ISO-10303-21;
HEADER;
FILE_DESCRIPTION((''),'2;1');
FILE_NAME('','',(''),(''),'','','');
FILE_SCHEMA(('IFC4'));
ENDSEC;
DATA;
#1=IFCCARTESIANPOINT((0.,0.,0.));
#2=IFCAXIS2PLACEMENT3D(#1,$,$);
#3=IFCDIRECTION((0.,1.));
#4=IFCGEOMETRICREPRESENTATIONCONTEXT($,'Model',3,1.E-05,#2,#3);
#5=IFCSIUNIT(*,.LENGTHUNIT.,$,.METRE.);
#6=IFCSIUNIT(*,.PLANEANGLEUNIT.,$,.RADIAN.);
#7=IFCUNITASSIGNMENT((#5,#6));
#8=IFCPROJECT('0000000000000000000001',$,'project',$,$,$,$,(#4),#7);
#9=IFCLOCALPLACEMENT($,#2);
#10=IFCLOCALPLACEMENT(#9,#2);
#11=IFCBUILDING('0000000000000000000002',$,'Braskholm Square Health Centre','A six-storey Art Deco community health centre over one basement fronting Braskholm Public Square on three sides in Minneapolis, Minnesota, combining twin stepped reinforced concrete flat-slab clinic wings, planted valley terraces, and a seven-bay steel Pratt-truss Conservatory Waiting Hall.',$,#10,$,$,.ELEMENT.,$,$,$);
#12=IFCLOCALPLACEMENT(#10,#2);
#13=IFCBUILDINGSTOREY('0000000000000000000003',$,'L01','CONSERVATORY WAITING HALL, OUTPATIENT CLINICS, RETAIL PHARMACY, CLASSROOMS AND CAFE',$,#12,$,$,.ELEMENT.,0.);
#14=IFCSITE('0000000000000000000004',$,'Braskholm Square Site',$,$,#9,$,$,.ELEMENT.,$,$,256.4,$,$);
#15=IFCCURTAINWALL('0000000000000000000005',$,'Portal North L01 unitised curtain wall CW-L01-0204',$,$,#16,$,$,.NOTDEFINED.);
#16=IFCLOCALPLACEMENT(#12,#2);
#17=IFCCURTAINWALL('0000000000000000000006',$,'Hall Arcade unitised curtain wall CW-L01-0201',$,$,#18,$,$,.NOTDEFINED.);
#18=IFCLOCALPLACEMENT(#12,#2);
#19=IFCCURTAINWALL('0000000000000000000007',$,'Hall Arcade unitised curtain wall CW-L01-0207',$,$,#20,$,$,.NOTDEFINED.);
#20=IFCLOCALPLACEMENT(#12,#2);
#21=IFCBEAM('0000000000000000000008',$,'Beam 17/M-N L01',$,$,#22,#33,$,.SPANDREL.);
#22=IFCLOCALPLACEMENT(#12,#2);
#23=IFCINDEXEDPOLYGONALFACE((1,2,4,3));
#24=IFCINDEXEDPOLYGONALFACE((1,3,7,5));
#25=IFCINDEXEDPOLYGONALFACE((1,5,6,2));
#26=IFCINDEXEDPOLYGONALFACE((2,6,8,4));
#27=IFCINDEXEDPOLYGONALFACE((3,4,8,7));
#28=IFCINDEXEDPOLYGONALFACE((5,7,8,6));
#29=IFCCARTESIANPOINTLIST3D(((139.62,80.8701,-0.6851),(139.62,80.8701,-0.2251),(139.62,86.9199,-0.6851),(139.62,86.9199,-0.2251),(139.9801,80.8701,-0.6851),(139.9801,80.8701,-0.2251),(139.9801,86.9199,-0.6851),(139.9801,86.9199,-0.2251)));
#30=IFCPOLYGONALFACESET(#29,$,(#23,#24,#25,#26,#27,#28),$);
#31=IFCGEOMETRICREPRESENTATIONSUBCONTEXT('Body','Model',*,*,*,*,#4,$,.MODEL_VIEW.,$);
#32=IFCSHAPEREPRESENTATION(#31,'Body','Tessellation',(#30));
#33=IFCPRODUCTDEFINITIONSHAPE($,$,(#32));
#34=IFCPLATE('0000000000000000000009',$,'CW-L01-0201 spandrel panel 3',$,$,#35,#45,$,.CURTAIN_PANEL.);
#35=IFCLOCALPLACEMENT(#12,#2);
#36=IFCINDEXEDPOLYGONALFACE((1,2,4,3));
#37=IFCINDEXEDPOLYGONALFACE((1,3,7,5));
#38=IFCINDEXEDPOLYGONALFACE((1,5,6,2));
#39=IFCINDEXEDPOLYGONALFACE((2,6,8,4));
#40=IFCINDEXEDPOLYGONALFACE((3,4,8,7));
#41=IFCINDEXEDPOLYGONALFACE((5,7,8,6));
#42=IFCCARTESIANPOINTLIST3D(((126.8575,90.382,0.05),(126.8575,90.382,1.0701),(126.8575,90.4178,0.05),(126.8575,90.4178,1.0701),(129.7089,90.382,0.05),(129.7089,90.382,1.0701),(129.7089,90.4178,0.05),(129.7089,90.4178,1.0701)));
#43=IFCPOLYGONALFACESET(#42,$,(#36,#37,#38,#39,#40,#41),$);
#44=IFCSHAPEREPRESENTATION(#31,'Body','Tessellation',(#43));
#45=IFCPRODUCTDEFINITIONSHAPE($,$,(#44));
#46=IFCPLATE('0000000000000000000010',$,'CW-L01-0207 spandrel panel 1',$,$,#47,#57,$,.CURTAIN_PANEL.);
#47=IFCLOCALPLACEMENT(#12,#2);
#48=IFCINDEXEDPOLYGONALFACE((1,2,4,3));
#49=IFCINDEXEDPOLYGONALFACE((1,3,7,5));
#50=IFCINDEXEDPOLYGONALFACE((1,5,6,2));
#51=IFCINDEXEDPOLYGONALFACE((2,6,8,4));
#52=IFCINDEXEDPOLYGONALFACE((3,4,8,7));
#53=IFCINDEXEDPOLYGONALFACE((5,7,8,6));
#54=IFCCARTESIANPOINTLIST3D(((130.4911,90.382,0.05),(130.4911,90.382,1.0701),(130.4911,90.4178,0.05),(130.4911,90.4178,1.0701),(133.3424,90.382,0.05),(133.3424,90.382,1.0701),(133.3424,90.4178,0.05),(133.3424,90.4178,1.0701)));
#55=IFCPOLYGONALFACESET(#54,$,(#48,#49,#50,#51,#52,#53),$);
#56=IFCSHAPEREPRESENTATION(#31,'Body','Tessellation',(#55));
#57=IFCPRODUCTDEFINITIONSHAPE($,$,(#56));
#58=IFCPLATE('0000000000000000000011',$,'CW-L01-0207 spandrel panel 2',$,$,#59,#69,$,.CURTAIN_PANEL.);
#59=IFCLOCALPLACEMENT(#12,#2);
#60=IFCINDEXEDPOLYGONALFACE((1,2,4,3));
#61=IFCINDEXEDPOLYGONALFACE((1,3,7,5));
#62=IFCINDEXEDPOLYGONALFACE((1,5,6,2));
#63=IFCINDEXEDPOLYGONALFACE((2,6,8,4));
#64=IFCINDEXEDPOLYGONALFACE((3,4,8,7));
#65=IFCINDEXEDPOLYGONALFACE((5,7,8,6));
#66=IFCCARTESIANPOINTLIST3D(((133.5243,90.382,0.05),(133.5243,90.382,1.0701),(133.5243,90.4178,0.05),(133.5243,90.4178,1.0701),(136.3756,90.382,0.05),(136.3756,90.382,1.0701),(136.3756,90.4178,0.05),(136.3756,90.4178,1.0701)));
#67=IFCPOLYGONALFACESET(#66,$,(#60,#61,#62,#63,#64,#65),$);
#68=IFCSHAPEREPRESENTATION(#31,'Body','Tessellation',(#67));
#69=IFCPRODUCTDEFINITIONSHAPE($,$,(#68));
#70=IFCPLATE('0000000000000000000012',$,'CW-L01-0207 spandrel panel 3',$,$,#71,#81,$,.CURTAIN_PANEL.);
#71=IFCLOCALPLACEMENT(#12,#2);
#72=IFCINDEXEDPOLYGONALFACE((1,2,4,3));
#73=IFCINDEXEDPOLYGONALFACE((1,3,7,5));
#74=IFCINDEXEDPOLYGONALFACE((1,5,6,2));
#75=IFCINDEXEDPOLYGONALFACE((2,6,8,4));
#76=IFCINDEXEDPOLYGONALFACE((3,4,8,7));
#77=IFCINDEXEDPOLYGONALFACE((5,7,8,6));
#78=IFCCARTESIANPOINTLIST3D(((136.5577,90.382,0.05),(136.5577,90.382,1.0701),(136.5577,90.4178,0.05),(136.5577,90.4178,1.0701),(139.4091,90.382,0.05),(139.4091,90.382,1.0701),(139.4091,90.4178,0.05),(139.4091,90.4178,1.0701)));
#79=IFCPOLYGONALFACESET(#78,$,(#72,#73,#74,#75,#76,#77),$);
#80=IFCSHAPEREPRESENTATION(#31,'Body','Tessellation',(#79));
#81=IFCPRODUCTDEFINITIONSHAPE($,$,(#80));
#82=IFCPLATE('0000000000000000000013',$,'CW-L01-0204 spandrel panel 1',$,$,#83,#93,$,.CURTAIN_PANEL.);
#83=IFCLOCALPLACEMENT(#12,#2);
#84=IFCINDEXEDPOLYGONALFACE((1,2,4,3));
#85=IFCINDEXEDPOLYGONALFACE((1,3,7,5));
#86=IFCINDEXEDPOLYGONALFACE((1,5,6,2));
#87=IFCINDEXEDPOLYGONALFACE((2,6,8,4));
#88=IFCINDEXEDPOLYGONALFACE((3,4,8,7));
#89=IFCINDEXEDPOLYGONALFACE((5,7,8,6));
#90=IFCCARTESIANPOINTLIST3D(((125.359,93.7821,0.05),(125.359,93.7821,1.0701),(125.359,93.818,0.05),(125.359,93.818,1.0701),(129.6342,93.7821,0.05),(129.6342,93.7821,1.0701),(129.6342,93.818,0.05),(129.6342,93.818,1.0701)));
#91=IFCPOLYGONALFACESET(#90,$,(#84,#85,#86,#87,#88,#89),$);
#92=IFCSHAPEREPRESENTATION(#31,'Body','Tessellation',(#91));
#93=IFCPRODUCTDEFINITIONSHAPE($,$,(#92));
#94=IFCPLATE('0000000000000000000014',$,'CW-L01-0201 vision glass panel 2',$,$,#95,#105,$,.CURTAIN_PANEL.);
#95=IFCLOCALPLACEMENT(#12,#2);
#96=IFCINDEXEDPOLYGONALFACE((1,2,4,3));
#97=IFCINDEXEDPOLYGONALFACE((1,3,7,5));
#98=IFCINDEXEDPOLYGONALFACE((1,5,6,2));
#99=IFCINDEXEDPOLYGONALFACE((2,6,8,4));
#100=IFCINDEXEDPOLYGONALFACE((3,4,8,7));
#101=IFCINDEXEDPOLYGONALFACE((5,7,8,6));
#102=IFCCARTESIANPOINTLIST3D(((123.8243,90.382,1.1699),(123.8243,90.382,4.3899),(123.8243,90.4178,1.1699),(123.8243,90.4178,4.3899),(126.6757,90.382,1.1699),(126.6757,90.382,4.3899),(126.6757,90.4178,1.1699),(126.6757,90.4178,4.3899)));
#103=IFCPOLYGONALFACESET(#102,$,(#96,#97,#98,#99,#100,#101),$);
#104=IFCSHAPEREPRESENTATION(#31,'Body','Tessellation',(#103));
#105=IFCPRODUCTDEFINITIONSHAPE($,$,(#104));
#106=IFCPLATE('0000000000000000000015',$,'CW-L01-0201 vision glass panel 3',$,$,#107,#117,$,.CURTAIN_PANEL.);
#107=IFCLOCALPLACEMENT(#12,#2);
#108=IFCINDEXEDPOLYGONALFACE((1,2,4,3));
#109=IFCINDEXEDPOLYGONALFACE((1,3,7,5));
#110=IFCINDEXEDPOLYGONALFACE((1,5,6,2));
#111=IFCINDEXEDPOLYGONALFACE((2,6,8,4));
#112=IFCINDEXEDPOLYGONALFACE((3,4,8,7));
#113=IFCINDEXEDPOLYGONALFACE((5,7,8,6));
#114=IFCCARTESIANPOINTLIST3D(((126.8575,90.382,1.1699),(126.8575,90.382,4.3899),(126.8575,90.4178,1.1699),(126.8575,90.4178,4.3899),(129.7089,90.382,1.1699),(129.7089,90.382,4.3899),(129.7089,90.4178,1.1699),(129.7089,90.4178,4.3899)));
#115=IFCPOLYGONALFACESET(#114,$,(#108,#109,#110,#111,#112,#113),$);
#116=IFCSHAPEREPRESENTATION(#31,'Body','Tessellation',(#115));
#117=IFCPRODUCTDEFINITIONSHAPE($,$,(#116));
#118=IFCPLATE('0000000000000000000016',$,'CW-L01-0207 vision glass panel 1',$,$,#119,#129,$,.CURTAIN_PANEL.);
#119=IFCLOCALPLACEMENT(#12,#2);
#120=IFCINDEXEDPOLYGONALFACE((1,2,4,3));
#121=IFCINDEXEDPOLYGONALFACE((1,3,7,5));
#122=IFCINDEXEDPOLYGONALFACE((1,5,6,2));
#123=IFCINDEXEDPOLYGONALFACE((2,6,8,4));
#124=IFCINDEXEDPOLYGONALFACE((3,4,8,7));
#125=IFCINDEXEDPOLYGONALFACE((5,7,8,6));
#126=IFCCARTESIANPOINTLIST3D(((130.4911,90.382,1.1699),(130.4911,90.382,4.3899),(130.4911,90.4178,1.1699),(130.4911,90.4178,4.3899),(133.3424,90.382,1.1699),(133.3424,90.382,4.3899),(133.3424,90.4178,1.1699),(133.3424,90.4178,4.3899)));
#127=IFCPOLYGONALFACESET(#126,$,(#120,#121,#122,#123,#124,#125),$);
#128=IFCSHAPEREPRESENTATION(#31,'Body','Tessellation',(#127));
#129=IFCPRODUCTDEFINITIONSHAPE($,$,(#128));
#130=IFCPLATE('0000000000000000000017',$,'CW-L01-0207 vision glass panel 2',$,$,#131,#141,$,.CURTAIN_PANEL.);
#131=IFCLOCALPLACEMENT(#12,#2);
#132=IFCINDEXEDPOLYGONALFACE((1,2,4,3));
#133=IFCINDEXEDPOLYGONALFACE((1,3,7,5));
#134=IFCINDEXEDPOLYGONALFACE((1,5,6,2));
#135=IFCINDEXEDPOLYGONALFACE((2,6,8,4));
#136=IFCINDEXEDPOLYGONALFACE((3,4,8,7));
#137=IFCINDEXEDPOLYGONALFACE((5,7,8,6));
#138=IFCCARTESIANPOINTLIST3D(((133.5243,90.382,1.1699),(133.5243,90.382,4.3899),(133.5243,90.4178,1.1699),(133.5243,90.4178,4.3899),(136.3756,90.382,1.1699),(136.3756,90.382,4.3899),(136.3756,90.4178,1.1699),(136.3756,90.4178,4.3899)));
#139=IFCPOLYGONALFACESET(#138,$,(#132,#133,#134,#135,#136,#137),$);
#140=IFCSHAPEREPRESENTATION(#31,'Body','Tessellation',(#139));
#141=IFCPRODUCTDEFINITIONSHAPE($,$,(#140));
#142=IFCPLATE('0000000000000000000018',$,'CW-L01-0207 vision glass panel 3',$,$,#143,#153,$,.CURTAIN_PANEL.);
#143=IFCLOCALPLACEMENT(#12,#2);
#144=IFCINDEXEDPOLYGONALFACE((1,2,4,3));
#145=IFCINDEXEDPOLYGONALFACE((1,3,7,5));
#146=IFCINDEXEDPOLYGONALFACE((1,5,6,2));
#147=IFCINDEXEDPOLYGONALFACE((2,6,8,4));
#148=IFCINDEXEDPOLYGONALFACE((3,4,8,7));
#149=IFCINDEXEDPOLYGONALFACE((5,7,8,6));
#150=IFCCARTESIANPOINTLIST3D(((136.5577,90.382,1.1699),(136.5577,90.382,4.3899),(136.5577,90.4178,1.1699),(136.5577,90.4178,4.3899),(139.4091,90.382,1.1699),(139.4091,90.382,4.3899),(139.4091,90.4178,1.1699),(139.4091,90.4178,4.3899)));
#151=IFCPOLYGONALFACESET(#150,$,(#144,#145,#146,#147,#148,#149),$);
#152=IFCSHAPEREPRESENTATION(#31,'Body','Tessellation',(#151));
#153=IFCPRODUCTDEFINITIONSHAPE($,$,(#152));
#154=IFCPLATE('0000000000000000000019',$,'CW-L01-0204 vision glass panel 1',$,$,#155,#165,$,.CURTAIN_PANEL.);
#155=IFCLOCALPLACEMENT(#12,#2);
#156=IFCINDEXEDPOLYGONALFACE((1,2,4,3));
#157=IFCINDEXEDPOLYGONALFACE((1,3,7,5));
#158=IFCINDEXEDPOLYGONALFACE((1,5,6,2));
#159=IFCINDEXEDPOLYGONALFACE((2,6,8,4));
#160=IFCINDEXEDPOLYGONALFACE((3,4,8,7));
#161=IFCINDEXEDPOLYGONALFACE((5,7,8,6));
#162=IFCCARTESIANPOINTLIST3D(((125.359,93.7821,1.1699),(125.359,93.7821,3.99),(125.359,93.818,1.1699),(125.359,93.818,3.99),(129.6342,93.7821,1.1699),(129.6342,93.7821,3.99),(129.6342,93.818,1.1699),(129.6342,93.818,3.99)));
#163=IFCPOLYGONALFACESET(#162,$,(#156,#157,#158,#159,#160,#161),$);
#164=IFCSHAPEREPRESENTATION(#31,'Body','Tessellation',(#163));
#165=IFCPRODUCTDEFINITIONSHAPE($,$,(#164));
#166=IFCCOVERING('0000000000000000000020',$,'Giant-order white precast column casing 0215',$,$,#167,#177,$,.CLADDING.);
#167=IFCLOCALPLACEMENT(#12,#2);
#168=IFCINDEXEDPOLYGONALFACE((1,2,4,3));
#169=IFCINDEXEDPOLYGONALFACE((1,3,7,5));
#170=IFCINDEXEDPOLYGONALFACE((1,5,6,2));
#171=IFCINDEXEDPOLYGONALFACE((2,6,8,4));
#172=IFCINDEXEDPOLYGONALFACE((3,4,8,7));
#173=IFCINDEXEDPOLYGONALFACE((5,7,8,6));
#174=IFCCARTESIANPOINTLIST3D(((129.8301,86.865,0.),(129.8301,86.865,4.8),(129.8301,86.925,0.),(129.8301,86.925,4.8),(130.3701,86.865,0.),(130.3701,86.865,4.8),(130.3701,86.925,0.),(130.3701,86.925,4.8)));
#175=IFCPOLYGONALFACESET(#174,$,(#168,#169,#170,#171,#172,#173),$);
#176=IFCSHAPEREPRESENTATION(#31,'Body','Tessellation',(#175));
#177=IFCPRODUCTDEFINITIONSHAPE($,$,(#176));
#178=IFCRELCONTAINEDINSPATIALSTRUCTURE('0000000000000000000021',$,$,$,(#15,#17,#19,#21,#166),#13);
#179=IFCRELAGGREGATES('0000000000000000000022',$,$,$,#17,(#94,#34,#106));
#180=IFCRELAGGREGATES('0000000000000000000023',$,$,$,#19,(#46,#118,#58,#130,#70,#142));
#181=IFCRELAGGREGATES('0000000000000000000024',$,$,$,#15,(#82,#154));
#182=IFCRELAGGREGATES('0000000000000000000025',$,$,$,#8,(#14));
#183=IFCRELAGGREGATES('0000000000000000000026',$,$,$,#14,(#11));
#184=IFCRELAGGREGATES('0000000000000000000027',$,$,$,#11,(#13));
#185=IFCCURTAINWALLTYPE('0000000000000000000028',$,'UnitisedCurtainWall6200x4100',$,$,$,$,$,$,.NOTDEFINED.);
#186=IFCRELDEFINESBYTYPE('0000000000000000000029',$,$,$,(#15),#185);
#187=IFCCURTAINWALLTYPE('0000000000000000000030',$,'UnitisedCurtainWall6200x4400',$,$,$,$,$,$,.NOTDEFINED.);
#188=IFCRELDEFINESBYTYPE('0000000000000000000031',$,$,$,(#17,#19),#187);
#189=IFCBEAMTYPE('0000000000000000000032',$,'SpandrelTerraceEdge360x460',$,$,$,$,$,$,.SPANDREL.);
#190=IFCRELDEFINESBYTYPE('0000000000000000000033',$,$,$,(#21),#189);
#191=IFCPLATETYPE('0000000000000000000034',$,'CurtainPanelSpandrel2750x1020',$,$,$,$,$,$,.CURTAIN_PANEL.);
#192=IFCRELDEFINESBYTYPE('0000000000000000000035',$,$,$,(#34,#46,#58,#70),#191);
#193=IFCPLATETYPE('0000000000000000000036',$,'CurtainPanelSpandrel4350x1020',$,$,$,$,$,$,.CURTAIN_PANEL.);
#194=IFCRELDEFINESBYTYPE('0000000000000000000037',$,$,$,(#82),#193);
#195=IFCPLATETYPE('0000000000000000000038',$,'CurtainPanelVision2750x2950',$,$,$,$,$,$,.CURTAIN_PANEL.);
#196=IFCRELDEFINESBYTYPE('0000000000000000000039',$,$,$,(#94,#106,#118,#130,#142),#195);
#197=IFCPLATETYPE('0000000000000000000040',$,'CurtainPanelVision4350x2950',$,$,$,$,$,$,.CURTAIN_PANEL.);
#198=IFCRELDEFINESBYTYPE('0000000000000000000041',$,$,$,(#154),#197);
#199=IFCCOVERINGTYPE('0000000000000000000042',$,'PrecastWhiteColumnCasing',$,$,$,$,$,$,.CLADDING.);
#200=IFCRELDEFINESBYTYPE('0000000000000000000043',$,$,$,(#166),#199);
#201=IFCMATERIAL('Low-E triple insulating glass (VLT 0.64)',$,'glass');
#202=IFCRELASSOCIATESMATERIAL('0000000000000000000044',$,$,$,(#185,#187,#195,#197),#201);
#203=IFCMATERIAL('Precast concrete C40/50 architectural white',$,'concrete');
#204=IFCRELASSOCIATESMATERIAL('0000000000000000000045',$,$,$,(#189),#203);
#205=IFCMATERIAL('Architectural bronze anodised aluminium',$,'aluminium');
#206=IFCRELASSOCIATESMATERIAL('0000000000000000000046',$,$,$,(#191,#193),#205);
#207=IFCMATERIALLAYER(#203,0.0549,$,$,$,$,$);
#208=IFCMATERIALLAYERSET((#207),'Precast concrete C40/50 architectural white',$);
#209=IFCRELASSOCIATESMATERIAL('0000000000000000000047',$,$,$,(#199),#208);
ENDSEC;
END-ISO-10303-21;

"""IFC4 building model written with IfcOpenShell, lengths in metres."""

from ifc_helpers import new_model, si_unit, direction, frame, origin, origin_2d, place, context, subcontext, project, spatial, rectangle, extrude, material, layer, layer_set, material_profile, profile_set, type_object, element, aggregate, save


model = new_model("IFC4")

# Units and contexts
model_context = context("Model", 3, precision=1e-05, world=origin(), true_north=direction((0.0, 1.0)))
body_context = subcontext(model_context, "Body", "Model", "MODEL_VIEW")
ifc_project = project(units=[si_unit("LENGTHUNIT", "METRE"), si_unit("PLANEANGLEUNIT", "RADIAN")], contexts=[model_context])

# Site, building, storey
site_placement = place(None, origin())
site = spatial("IfcSite", under=ifc_project, at=site_placement, Name="Braskholm Square Site", CompositionType="ELEMENT", RefElevation=256.4)
building_placement = place(site_placement, origin())
building = spatial("IfcBuilding", under=site, at=building_placement, Name="Braskholm Square Health Centre", Description="A six-storey Art Deco community health centre over one basement fronting Braskholm Public Square on three sides in Minneapolis, Minnesota, combining twin stepped reinforced concrete flat-slab clinic wings, planted valley terraces, and a seven-bay steel Pratt-truss Conservatory Waiting Hall.", CompositionType="ELEMENT")
storey_placement = place(building_placement, origin())
storey = spatial("IfcBuildingStorey", under=building, at=storey_placement, Name="L01", Description="CONSERVATORY WAITING HALL, OUTPATIENT CLINICS, RETAIL PHARMACY, CLASSROOMS AND CAFE", CompositionType="ELEMENT", Elevation=0.0)

# Shared definitions
ifc_material_1 = material(Name="Precast concrete C40/50 architectural white", Category="concrete")

# Curtain walls
ifc_material_2 = material(Name="Low-E triple insulating glass (VLT 0.64)", Category="glass")
curtain_wall_type_1 = type_object("IfcCurtainWallType", Name="UnitisedCurtainWall6200x4100", PredefinedType="NOTDEFINED", material=ifc_material_2)
curtain_wall_1_placement = place(storey_placement, origin())
curtain_wall_1 = element("IfcCurtainWall", 1, at=curtain_wall_1_placement, inside=storey, type_object=curtain_wall_type_1, Name="Portal North L01 unitised curtain wall CW-L01-0204", PredefinedType="NOTDEFINED")
ifc_material_3 = material(Name="Architectural bronze anodised aluminium", Category="aluminium")
curtain_wall_type_2 = type_object("IfcCurtainWallType", Name="UnitisedCurtainWall6200x4400", PredefinedType="NOTDEFINED", material=ifc_material_2)
curtain_wall_2_placement = place(storey_placement, origin())
curtain_wall_2 = element("IfcCurtainWall", 2, at=curtain_wall_2_placement, inside=storey, type_object=curtain_wall_type_2, Name="Hall Arcade unitised curtain wall CW-L01-0201", PredefinedType="NOTDEFINED")
curtain_wall_3_placement = place(storey_placement, origin())
curtain_wall_3 = element("IfcCurtainWall", 3, at=curtain_wall_3_placement, inside=storey, type_object=curtain_wall_type_2, Name="Hall Arcade unitised curtain wall CW-L01-0207", PredefinedType="NOTDEFINED")

# Beam
ifc_material_profile_1 = material_profile(ifc_material_1, rectangle(XDim=0.3601, YDim=0.46, at=origin_2d()), Name="RCB-360X460")
ifc_profile_set_1 = profile_set([ifc_material_profile_1], Name="Precast concrete C40/50 architectural white")
beam_type_1 = type_object("IfcBeamType", Name="SpandrelTerraceEdge360x460", PredefinedType="SPANDREL", material=ifc_profile_set_1)
beam_1_placement = place(storey_placement, frame((139.8, 80.8701, -0.4551), z_axis=(0.0, 1.0, 0.0), x_axis=(-1.0, 0.0, 0.0)))
element("IfcBeam", 4, at=beam_1_placement, inside=storey, type_object=beam_type_1, Name="Beam 17/M-N L01", PredefinedType="SPANDREL", context=body_context, shape_type="SweptSolid", body=[
    extrude(rectangle(XDim=0.3601, YDim=0.46, at=origin_2d()), origin(), (0.0, 0.0, 1.0), 6.0498),
])

# Plates
plate_type_1 = type_object("IfcPlateType", Name="CurtainPanelSpandrel2750x1020", PredefinedType="CURTAIN_PANEL", material=ifc_material_3)
plate_1_placement = place(storey_placement, frame((128.2832, 90.3999, 0.05), z_axis=(0.0, 0.0, 1.0), x_axis=(1.0, 0.0, 0.0)))
plate_1 = element("IfcPlate", 5, at=plate_1_placement, type_object=plate_type_1, Name="CW-L01-0201 spandrel panel 3", PredefinedType="CURTAIN_PANEL", context=body_context, shape_type="SweptSolid", body=[
    extrude(rectangle(XDim=2.8513, YDim=0.0359, at=origin_2d()), origin(), (0.0, 0.0, 1.0), 1.02),
])
plate_2_placement = place(storey_placement, frame((131.9167, 90.3999, 0.05), z_axis=(0.0, 0.0, 1.0), x_axis=(1.0, 0.0, 0.0)))
plate_2 = element("IfcPlate", 6, at=plate_2_placement, type_object=plate_type_1, Name="CW-L01-0207 spandrel panel 1", PredefinedType="CURTAIN_PANEL", context=body_context, shape_type="SweptSolid", body=[
    extrude(rectangle(XDim=2.8513, YDim=0.0359, at=origin_2d()), origin(), (0.0, 0.0, 1.0), 1.02),
])
plate_3_placement = place(storey_placement, frame((134.95, 90.3999, 0.05), z_axis=(0.0, 0.0, 1.0), x_axis=(1.0, 0.0, 0.0)))
plate_3 = element("IfcPlate", 7, at=plate_3_placement, type_object=plate_type_1, Name="CW-L01-0207 spandrel panel 2", PredefinedType="CURTAIN_PANEL", context=body_context, shape_type="SweptSolid", body=[
    extrude(rectangle(XDim=2.8513, YDim=0.0359, at=origin_2d()), origin(), (0.0, 0.0, 1.0), 1.02),
])
plate_4_placement = place(storey_placement, frame((137.9834, 90.3999, 0.05), z_axis=(0.0, 0.0, 1.0), x_axis=(1.0, 0.0, 0.0)))
plate_4 = element("IfcPlate", 8, at=plate_4_placement, type_object=plate_type_1, Name="CW-L01-0207 spandrel panel 3", PredefinedType="CURTAIN_PANEL", context=body_context, shape_type="SweptSolid", body=[
    extrude(rectangle(XDim=2.8513, YDim=0.0359, at=origin_2d()), origin(), (0.0, 0.0, 1.0), 1.02),
])
plate_type_2 = type_object("IfcPlateType", Name="CurtainPanelSpandrel4350x1020", PredefinedType="CURTAIN_PANEL", material=ifc_material_3)
plate_5_placement = place(storey_placement, frame((127.4966, 93.8, 0.05), z_axis=(0.0, 0.0, 1.0), x_axis=(-1.0, 0.0, 0.0)))
plate_5 = element("IfcPlate", 9, at=plate_5_placement, type_object=plate_type_2, Name="CW-L01-0204 spandrel panel 1", PredefinedType="CURTAIN_PANEL", context=body_context, shape_type="SweptSolid", body=[
    extrude(rectangle(XDim=4.2751, YDim=0.0359, at=origin_2d()), origin(), (0.0, 0.0, 1.0), 1.02),
])
plate_type_3 = type_object("IfcPlateType", Name="CurtainPanelVision2750x2950", PredefinedType="CURTAIN_PANEL", material=ifc_material_2)
plate_6_placement = place(storey_placement, frame((125.25, 90.3999, 1.1699), z_axis=(0.0, 0.0, 1.0), x_axis=(1.0, 0.0, 0.0)))
plate_6 = element("IfcPlate", 10, at=plate_6_placement, type_object=plate_type_3, Name="CW-L01-0201 vision glass panel 2", PredefinedType="CURTAIN_PANEL", context=body_context, shape_type="SweptSolid", body=[
    extrude(rectangle(XDim=2.8513, YDim=0.0359, at=origin_2d()), origin(), (0.0, 0.0, 1.0), 3.22),
])
plate_7_placement = place(storey_placement, frame((128.2832, 90.3999, 1.1699), z_axis=(0.0, 0.0, 1.0), x_axis=(1.0, 0.0, 0.0)))
plate_7 = element("IfcPlate", 11, at=plate_7_placement, type_object=plate_type_3, Name="CW-L01-0201 vision glass panel 3", PredefinedType="CURTAIN_PANEL", context=body_context, shape_type="SweptSolid", body=[
    extrude(rectangle(XDim=2.8513, YDim=0.0359, at=origin_2d()), origin(), (0.0, 0.0, 1.0), 3.22),
])
aggregate(curtain_wall_2, [plate_6, plate_1, plate_7])
plate_8_placement = place(storey_placement, frame((131.9167, 90.3999, 1.1699), z_axis=(0.0, 0.0, 1.0), x_axis=(1.0, 0.0, 0.0)))
plate_8 = element("IfcPlate", 12, at=plate_8_placement, type_object=plate_type_3, Name="CW-L01-0207 vision glass panel 1", PredefinedType="CURTAIN_PANEL", context=body_context, shape_type="SweptSolid", body=[
    extrude(rectangle(XDim=2.8513, YDim=0.0359, at=origin_2d()), origin(), (0.0, 0.0, 1.0), 3.22),
])
plate_9_placement = place(storey_placement, frame((134.95, 90.3999, 1.1699), z_axis=(0.0, 0.0, 1.0), x_axis=(1.0, 0.0, 0.0)))
plate_9 = element("IfcPlate", 13, at=plate_9_placement, type_object=plate_type_3, Name="CW-L01-0207 vision glass panel 2", PredefinedType="CURTAIN_PANEL", context=body_context, shape_type="SweptSolid", body=[
    extrude(rectangle(XDim=2.8513, YDim=0.0359, at=origin_2d()), origin(), (0.0, 0.0, 1.0), 3.22),
])
plate_10_placement = place(storey_placement, frame((137.9834, 90.3999, 1.1699), z_axis=(0.0, 0.0, 1.0), x_axis=(1.0, 0.0, 0.0)))
plate_10 = element("IfcPlate", 14, at=plate_10_placement, type_object=plate_type_3, Name="CW-L01-0207 vision glass panel 3", PredefinedType="CURTAIN_PANEL", context=body_context, shape_type="SweptSolid", body=[
    extrude(rectangle(XDim=2.8513, YDim=0.0359, at=origin_2d()), origin(), (0.0, 0.0, 1.0), 3.22),
])
aggregate(curtain_wall_3, [plate_2, plate_8, plate_3, plate_9, plate_4, plate_10])
plate_type_4 = type_object("IfcPlateType", Name="CurtainPanelVision4350x2950", PredefinedType="CURTAIN_PANEL", material=ifc_material_2)
plate_11_placement = place(storey_placement, frame((127.4966, 93.8, 1.1699), z_axis=(0.0, 0.0, 1.0), x_axis=(-1.0, 0.0, 0.0)))
plate_11 = element("IfcPlate", 15, at=plate_11_placement, type_object=plate_type_4, Name="CW-L01-0204 vision glass panel 1", PredefinedType="CURTAIN_PANEL", context=body_context, shape_type="SweptSolid", body=[
    extrude(rectangle(XDim=4.2751, YDim=0.0359, at=origin_2d()), origin(), (0.0, 0.0, 1.0), 2.8201),
])
aggregate(curtain_wall_1, [plate_5, plate_11])

# Covering
ifc_layer = layer(ifc_material_1, 0.0549)
ifc_layer_set = layer_set([ifc_layer], Name="Precast concrete C40/50 architectural white")
covering_type = type_object("IfcCoveringType", Name="PrecastWhiteColumnCasing", PredefinedType="CLADDING", material=ifc_layer_set)
covering_placement = place(storey_placement, frame((130.1001, 86.895, 0.0), z_axis=(0.0, 0.0, 1.0), x_axis=(1.0, 0.0, 0.0)))
element("IfcCovering", 16, at=covering_placement, inside=storey, type_object=covering_type, Name="Giant-order white precast column casing 0215", PredefinedType="CLADDING", context=body_context, shape_type="SweptSolid", body=[
    extrude(rectangle(XDim=0.54, YDim=0.0601, at=origin_2d()), origin(), (0.0, 0.0, 1.0), 4.8),
])

save(model, "model.ifc")
